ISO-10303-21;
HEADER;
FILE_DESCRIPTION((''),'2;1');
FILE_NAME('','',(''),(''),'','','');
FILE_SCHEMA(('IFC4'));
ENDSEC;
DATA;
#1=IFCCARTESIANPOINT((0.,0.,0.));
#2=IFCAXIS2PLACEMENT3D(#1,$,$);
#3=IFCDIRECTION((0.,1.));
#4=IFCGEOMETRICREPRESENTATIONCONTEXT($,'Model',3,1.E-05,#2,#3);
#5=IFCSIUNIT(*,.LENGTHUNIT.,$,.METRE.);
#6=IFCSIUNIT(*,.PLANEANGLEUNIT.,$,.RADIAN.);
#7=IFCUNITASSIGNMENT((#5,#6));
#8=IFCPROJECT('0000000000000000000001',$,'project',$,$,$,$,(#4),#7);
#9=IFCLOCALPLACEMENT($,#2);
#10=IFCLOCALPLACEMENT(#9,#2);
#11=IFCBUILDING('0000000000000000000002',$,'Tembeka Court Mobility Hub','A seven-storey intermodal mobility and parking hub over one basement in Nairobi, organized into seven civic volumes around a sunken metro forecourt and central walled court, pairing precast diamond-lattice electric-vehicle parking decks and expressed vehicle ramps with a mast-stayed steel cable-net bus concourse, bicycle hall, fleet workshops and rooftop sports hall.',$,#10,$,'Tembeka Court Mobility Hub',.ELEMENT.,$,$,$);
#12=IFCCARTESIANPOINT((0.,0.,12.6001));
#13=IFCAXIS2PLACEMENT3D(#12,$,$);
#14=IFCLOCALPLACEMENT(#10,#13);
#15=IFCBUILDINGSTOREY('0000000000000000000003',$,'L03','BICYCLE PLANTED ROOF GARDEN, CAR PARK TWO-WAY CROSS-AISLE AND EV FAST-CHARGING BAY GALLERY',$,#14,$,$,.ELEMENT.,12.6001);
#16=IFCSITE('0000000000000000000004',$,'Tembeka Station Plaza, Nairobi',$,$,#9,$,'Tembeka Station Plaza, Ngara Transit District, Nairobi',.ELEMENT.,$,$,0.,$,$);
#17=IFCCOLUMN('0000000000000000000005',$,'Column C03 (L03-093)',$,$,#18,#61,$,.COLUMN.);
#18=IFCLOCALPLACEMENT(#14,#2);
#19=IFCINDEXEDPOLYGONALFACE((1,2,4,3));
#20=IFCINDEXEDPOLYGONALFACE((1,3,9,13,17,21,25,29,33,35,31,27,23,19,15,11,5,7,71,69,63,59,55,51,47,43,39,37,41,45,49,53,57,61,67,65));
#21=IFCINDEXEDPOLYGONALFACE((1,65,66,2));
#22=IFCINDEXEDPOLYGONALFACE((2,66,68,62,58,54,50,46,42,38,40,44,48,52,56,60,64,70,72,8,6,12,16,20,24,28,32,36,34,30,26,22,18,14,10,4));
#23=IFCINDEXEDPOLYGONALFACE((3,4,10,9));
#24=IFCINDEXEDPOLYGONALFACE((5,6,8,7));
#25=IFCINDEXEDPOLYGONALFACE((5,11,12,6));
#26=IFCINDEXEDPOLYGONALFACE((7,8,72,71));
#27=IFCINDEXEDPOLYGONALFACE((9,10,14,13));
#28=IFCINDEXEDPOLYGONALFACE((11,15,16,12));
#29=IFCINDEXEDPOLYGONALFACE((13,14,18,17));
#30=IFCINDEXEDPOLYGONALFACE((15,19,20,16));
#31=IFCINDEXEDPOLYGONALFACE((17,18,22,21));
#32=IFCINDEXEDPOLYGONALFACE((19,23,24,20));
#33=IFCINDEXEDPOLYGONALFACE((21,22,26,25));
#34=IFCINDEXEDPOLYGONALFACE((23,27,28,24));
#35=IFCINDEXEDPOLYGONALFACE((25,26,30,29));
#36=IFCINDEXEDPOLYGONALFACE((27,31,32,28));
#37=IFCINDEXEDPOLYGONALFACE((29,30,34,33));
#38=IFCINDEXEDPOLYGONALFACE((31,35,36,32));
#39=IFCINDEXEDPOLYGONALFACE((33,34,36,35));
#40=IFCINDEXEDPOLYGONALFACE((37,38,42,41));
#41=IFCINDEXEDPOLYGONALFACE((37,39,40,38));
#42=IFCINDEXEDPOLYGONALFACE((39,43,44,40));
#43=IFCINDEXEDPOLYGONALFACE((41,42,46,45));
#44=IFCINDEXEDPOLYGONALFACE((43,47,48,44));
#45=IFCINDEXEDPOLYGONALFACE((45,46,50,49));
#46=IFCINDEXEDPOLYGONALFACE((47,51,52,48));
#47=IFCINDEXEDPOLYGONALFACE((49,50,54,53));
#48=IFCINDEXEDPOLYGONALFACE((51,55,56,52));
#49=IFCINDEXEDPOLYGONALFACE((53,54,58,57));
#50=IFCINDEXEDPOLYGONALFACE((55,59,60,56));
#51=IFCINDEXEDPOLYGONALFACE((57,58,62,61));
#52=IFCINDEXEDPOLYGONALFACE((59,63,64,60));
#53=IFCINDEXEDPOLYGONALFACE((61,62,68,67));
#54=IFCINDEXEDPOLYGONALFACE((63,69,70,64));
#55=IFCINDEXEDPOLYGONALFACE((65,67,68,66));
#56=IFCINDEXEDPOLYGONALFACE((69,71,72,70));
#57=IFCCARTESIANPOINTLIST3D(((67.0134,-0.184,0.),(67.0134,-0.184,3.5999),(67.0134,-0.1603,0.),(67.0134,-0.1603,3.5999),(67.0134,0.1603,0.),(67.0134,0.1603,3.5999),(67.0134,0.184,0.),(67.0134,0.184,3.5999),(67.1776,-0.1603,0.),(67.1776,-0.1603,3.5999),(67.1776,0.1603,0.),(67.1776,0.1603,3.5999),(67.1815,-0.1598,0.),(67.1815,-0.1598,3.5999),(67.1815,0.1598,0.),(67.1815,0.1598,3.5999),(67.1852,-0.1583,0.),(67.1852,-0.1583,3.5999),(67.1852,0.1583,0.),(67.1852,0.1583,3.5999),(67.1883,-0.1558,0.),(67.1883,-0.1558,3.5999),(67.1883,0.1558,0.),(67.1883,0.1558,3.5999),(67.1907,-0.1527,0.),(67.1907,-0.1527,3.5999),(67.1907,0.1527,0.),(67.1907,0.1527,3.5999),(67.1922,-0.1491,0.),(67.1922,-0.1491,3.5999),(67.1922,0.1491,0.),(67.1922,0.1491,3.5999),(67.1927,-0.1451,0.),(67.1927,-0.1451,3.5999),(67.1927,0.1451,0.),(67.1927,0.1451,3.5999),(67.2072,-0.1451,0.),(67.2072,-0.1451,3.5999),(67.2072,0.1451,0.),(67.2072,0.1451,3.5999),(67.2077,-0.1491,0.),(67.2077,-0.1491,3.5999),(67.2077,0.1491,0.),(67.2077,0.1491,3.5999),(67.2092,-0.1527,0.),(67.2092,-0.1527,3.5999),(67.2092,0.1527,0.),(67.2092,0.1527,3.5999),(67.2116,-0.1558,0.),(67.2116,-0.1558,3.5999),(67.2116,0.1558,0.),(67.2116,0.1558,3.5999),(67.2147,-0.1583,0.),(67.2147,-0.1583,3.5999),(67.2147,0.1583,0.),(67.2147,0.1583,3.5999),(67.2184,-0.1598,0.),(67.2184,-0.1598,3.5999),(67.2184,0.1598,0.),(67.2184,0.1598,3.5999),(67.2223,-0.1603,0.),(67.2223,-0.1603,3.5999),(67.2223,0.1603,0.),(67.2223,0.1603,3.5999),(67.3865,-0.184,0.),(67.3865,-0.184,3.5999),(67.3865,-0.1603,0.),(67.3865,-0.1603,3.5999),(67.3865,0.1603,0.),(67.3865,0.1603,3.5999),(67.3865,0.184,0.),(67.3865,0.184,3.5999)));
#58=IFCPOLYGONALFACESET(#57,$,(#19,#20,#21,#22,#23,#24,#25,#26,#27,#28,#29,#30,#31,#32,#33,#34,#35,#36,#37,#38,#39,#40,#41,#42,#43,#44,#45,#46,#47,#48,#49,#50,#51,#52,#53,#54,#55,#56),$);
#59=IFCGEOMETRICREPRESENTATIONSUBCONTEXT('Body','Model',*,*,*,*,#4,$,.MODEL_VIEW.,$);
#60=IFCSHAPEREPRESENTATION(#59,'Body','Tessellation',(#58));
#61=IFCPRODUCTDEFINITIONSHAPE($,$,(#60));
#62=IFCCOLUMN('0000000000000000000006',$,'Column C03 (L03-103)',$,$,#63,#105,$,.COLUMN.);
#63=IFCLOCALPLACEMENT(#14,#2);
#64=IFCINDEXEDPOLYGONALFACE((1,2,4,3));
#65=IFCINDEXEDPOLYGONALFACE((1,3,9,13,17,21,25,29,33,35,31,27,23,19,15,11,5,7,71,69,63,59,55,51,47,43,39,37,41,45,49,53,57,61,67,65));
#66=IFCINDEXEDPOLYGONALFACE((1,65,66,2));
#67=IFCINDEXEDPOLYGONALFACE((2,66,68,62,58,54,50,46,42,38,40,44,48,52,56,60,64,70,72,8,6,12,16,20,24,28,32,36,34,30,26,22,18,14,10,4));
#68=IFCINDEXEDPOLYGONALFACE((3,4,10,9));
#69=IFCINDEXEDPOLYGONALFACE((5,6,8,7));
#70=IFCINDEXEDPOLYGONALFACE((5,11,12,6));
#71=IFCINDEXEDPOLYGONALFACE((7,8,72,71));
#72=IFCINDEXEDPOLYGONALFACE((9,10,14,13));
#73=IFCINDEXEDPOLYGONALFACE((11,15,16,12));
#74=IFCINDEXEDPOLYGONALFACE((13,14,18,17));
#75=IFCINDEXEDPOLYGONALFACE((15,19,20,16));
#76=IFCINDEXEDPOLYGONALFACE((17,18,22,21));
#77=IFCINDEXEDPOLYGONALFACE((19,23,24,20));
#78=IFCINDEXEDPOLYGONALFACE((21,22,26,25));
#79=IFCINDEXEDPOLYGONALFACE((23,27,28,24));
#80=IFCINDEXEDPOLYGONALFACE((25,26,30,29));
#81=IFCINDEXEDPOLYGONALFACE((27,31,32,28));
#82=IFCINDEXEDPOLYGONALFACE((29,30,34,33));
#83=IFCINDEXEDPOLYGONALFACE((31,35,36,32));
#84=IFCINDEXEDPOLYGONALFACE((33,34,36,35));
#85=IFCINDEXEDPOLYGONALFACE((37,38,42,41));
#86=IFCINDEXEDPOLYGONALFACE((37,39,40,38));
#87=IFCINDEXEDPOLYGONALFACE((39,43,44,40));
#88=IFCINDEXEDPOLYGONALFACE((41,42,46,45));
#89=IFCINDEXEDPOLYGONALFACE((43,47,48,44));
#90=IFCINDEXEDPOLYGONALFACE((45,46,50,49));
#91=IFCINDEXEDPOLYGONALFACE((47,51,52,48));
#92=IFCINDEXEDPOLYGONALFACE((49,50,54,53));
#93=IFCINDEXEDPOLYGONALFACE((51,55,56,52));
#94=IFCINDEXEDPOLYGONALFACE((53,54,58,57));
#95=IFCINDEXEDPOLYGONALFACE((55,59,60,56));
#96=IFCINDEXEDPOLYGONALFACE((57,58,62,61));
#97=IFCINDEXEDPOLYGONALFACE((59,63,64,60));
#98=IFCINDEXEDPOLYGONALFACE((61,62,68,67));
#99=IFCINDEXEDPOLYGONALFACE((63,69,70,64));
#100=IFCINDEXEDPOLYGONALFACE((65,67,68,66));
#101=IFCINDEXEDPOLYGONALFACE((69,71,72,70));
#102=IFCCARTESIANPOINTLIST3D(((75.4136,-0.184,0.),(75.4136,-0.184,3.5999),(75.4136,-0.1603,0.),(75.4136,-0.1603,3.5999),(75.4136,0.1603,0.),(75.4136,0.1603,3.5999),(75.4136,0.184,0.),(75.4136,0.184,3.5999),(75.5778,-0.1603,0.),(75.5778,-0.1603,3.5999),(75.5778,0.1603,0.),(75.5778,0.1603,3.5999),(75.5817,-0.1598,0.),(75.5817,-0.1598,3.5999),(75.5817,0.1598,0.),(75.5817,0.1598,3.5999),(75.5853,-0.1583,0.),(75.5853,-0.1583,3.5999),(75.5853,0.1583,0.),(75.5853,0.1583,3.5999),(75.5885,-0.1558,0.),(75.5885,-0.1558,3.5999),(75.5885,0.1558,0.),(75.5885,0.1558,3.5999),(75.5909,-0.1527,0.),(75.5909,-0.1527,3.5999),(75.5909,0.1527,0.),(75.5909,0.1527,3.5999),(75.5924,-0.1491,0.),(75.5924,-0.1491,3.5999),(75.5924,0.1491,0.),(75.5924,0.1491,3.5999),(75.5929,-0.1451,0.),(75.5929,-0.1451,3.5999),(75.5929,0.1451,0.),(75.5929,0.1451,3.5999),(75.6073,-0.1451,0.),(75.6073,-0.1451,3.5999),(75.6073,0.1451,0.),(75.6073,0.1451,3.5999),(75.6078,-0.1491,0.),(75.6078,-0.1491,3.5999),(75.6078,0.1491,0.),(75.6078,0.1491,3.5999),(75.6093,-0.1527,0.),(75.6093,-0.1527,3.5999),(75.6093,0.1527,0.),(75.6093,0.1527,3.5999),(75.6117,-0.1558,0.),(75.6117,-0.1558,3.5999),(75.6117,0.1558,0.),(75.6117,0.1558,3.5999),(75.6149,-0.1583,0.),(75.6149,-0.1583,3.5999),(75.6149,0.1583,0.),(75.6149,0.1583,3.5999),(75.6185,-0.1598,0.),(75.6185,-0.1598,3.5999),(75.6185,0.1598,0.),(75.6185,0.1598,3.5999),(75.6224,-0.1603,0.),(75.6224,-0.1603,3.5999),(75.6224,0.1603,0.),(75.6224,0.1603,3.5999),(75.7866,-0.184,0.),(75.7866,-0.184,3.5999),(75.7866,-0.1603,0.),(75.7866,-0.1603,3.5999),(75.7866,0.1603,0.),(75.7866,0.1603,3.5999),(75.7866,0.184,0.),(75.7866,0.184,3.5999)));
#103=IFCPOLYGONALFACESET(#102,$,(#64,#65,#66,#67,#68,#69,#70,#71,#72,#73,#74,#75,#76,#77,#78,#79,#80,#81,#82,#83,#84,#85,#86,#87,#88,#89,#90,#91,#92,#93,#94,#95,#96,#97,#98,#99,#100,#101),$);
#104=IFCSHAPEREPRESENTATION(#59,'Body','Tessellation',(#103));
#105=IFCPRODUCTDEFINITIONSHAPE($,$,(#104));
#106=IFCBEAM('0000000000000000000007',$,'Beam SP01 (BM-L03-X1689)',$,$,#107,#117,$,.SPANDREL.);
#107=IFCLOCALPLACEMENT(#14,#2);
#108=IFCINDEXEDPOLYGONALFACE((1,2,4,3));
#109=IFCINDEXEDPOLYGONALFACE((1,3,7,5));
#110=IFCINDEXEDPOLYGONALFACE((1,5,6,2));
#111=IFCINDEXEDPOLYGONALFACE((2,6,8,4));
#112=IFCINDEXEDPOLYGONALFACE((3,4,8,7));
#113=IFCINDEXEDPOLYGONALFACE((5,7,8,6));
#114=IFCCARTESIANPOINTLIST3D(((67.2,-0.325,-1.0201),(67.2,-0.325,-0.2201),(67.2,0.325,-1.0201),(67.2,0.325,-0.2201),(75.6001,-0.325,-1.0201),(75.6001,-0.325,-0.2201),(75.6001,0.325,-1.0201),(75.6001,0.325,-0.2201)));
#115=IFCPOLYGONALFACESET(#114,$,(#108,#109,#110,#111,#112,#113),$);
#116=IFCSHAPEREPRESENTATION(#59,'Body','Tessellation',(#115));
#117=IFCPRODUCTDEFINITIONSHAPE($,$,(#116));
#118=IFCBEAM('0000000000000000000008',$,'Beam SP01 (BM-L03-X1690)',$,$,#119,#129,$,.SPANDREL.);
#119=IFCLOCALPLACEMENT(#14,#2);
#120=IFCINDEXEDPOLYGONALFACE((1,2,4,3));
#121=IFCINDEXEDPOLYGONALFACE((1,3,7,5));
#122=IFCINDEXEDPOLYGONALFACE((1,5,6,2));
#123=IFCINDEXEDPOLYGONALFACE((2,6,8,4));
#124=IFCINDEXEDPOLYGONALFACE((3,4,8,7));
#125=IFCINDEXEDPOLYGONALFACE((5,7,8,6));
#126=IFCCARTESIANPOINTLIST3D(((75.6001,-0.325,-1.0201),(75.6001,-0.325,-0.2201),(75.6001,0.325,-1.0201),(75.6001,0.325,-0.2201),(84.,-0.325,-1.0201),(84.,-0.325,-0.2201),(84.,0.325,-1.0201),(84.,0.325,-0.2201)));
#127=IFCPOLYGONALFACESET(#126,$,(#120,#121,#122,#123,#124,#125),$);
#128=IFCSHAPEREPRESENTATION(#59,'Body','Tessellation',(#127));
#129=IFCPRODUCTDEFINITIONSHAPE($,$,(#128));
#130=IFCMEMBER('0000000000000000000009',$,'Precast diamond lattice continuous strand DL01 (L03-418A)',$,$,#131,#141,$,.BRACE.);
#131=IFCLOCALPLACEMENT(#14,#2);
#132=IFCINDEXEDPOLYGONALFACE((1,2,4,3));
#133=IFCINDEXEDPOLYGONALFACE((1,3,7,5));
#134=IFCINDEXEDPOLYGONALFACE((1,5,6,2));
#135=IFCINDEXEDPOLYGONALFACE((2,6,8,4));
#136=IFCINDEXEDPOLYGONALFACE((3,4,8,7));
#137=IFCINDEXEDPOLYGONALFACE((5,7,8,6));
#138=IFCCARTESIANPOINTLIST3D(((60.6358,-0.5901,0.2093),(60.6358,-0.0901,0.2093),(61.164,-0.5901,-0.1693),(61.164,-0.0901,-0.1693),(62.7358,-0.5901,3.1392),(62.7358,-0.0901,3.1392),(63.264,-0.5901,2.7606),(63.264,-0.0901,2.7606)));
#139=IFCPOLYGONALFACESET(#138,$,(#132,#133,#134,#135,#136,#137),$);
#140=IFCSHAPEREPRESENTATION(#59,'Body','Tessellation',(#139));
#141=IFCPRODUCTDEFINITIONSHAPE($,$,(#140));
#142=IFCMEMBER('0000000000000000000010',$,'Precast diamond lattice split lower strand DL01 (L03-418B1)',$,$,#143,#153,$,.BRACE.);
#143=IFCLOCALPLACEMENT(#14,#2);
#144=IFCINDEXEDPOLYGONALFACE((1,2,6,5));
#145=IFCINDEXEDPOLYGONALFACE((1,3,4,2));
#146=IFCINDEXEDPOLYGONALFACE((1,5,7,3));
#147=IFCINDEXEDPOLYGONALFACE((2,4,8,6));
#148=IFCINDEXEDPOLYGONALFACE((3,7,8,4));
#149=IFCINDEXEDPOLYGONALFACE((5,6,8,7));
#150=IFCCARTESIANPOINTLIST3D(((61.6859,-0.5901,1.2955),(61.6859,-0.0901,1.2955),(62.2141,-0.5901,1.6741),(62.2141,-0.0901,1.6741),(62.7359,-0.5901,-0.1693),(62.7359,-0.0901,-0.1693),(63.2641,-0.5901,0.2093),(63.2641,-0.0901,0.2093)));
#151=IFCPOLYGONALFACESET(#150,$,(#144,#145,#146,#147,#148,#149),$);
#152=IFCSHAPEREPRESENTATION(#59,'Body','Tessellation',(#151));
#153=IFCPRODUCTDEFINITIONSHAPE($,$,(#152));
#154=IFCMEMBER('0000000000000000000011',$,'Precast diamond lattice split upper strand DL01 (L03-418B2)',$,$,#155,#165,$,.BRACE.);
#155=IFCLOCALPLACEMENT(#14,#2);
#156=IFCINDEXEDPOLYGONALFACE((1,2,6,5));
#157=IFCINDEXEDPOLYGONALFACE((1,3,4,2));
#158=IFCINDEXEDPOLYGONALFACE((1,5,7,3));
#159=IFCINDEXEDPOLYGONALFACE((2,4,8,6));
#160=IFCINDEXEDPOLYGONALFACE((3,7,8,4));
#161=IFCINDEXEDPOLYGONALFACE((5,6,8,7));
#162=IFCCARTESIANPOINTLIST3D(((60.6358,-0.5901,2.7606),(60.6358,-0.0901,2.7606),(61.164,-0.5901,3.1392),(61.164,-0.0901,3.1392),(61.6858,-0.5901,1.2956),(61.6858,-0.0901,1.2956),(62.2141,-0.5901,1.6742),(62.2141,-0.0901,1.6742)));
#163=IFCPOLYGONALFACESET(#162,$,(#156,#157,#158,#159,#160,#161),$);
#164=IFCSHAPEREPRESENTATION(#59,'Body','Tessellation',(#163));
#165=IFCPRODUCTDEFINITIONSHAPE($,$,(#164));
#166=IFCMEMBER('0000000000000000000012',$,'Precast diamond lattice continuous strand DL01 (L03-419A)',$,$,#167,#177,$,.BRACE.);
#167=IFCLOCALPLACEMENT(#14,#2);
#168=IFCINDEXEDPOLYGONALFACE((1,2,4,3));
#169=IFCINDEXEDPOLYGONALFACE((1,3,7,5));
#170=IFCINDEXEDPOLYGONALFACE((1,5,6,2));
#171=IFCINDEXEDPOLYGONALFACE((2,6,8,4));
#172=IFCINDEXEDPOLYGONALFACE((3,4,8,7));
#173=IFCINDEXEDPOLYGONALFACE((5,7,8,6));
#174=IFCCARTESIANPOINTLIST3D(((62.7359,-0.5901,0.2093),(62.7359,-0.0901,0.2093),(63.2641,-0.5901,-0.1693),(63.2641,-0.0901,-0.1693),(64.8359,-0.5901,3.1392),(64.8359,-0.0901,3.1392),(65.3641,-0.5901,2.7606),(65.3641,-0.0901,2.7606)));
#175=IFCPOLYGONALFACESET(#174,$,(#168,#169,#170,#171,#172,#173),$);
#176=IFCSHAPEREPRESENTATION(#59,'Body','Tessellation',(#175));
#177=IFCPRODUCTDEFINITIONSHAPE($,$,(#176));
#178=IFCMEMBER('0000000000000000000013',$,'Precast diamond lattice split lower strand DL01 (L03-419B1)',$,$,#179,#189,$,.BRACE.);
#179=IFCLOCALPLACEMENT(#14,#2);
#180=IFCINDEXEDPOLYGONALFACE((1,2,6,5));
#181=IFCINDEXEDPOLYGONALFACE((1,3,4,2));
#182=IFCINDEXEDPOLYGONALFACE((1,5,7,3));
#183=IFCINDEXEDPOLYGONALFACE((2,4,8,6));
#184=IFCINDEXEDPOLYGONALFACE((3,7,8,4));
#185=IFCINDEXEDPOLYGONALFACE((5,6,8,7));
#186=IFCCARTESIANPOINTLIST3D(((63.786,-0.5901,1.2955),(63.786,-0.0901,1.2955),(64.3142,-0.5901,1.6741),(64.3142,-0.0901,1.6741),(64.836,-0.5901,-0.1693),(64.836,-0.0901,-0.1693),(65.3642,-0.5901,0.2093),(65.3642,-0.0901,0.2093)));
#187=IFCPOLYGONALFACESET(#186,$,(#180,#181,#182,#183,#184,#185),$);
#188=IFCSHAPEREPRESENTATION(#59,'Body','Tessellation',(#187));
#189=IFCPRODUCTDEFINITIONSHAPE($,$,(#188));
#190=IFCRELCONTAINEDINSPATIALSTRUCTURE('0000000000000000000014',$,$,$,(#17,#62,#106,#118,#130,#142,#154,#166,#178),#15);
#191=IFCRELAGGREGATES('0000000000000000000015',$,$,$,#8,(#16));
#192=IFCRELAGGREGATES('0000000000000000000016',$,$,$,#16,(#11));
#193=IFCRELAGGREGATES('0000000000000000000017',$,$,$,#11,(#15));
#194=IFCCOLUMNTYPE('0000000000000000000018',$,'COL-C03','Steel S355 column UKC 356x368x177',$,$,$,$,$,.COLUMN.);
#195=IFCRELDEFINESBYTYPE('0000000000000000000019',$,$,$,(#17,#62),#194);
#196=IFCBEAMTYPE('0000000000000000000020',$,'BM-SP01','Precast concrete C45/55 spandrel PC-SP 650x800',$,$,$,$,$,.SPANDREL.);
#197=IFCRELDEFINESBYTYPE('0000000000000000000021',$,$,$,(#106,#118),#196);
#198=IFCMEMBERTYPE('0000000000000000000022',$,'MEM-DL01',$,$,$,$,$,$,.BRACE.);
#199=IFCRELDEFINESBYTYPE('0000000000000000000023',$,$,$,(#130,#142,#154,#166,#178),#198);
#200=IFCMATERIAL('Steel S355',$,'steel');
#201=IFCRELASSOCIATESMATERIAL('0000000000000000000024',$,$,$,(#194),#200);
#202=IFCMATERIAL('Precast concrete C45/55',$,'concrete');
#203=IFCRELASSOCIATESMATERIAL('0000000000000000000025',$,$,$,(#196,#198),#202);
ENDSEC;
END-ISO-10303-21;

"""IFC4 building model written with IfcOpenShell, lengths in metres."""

from ifc_helpers import new_model, si_unit, direction, frame, origin, origin_2d, place, context, subcontext, project, spatial, rectangle, i_section, extrude, material, material_profile, profile_set, type_object, element, save


model = new_model("IFC4")

# Units and contexts
model_context = context("Model", 3, precision=1e-05, world=origin(), true_north=direction((0.0, 1.0)))
body_context = subcontext(model_context, "Body", "Model", "MODEL_VIEW")
ifc_project = project(units=[si_unit("LENGTHUNIT", "METRE"), si_unit("PLANEANGLEUNIT", "RADIAN")], contexts=[model_context])

# Site, building, storey
site_placement = place(None, origin())
site = spatial("IfcSite", under=ifc_project, at=site_placement, Name="Tembeka Station Plaza, Nairobi", LongName="Tembeka Station Plaza, Ngara Transit District, Nairobi", CompositionType="ELEMENT", RefElevation=0.0)
building_placement = place(site_placement, origin())
building = spatial("IfcBuilding", under=site, at=building_placement, Name="Tembeka Court Mobility Hub", Description="A seven-storey intermodal mobility and parking hub over one basement in Nairobi, organized into seven civic volumes around a sunken metro forecourt and central walled court, pairing precast diamond-lattice electric-vehicle parking decks and expressed vehicle ramps with a mast-stayed steel cable-net bus concourse, bicycle hall, fleet workshops and rooftop sports hall.", LongName="Tembeka Court Mobility Hub", CompositionType="ELEMENT")
storey_placement = place(building_placement, frame((0.0, 0.0, 12.6001)))
storey = spatial("IfcBuildingStorey", under=building, at=storey_placement, Name="L03", Description="BICYCLE PLANTED ROOF GARDEN, CAR PARK TWO-WAY CROSS-AISLE AND EV FAST-CHARGING BAY GALLERY", CompositionType="ELEMENT", Elevation=12.6001)

# Columns
ifc_material_1 = material(Name="Steel S355", Category="steel")
ifc_material_profile_1 = material_profile(ifc_material_1, i_section(OverallWidth=0.373, OverallDepth=0.3679, WebThickness=0.0144, FlangeThickness=0.0237, FilletRadius=0.0151, at=origin_2d()), Name="UKC 356x368x177")
ifc_profile_set_1 = profile_set([ifc_material_profile_1], Name="Steel S355")
column_type = type_object("IfcColumnType", Name="COL-C03", Description="Steel S355 column UKC 356x368x177", PredefinedType="COLUMN", material=ifc_profile_set_1)
for number, where, z_axis, x_axis, name in (
    (1, (67.2, 0.0, 0.0), (0.0, 0.0, 1.0), (1.0, 0.0, 0.0), "Column C03 (L03-093)"),
    (2, (75.6001, 0.0, 0.0), (0.0, 0.0, 1.0), (1.0, 0.0, 0.0), "Column C03 (L03-103)"),
):
    element("IfcColumn", number, at=place(storey_placement, frame(where, z_axis=z_axis, x_axis=x_axis)), inside=storey, type_object=column_type, Name=name, PredefinedType="COLUMN", context=body_context, shape_type="SweptSolid", body=[
        extrude(i_section(OverallWidth=0.373, OverallDepth=0.3679, WebThickness=0.0144, FlangeThickness=0.0237, FilletRadius=0.0151, at=origin_2d()), origin(), (0.0, 0.0, 1.0), 3.5999),
    ])

# Beams
ifc_material_2 = material(Name="Precast concrete C45/55", Category="concrete")
ifc_material_profile_2 = material_profile(ifc_material_2, rectangle(XDim=0.6499, YDim=0.8, at=origin_2d()), Name="PC-SP 650x800")
ifc_profile_set_2 = profile_set([ifc_material_profile_2], Name="Precast concrete C45/55")
beam_type = type_object("IfcBeamType", Name="BM-SP01", Description="Precast concrete C45/55 spandrel PC-SP 650x800", PredefinedType="SPANDREL", material=ifc_profile_set_2)
beam_1_placement = place(storey_placement, frame((67.2, 0.0, -0.6201), z_axis=(1.0, 0.0, 0.0), x_axis=(0.0, 1.0, 0.0)))
element("IfcBeam", 3, at=beam_1_placement, inside=storey, type_object=beam_type, Name="Beam SP01 (BM-L03-X1689)", PredefinedType="SPANDREL", context=body_context, shape_type="SweptSolid", body=[
    extrude(rectangle(XDim=0.6499, YDim=0.8, at=origin_2d()), origin(), (0.0, 0.0, 1.0), 8.4001),
])
beam_2_placement = place(storey_placement, frame((75.6001, 0.0, -0.6201), z_axis=(1.0, 0.0, 0.0), x_axis=(0.0, 1.0, 0.0)))
element("IfcBeam", 4, at=beam_2_placement, inside=storey, type_object=beam_type, Name="Beam SP01 (BM-L03-X1690)", PredefinedType="SPANDREL", context=body_context, shape_type="SweptSolid", body=[
    extrude(rectangle(XDim=0.6499, YDim=0.8, at=origin_2d()), origin(), (0.0, 0.0, 1.0), 8.3999),
])

# Members
ifc_material_profile_3 = material_profile(ifc_material_2, rectangle(XDim=0.5, YDim=0.6499, at=origin_2d()), Name="PC-DIAG 500x650")
ifc_profile_set_3 = profile_set([ifc_material_profile_3], Name="Precast concrete C45/55")
member_type_1 = type_object("IfcMemberType", Name="MEM-DL01", PredefinedType="BRACE", material=ifc_profile_set_3)
member_1_placement = place(storey_placement, frame((60.8999, -0.3401, 0.02), z_axis=(0.582576, 0.0, 0.812776), x_axis=(0.0, 1.0, 0.0)))
element("IfcMember", 5, at=member_1_placement, inside=storey, type_object=member_type_1, Name="Precast diamond lattice continuous strand DL01 (L03-418A)", PredefinedType="BRACE", context=body_context, shape_type="SweptSolid", body=[
    extrude(rectangle(XDim=0.5, YDim=0.6499, at=origin_2d()), origin(), (0.0, 0.0, 1.0), 3.6047),
])
member_2_placement = place(storey_placement, frame((63.0, -0.3401, 0.02), z_axis=(-0.582608, 0.0, 0.812753), x_axis=(0.0, -1.0, 0.0)))
element("IfcMember", 6, at=member_2_placement, inside=storey, type_object=member_type_1, Name="Precast diamond lattice split lower strand DL01 (L03-418B1)", PredefinedType="BRACE", context=body_context, shape_type="SweptSolid", body=[
    extrude(rectangle(XDim=0.5, YDim=0.6499, at=origin_2d()), origin(), (0.0, 0.0, 1.0), 1.8022),
])
member_3_placement = place(storey_placement, frame((61.95, -0.3401, 1.4849), z_axis=(-0.582544, 0.0, 0.812799), x_axis=(0.0, -1.0, 0.0)))
element("IfcMember", 7, at=member_3_placement, inside=storey, type_object=member_type_1, Name="Precast diamond lattice split upper strand DL01 (L03-418B2)", PredefinedType="BRACE", context=body_context, shape_type="SweptSolid", body=[
    extrude(rectangle(XDim=0.5, YDim=0.6499, at=origin_2d()), origin(), (0.0, 0.0, 1.0), 1.8025),
])
member_4_placement = place(storey_placement, frame((63.0, -0.3401, 0.02), z_axis=(0.582576, 0.0, 0.812776), x_axis=(0.0, 1.0, 0.0)))
element("IfcMember", 8, at=member_4_placement, inside=storey, type_object=member_type_1, Name="Precast diamond lattice continuous strand DL01 (L03-419A)", PredefinedType="BRACE", context=body_context, shape_type="SweptSolid", body=[
    extrude(rectangle(XDim=0.5, YDim=0.6499, at=origin_2d()), origin(), (0.0, 0.0, 1.0), 3.6047),
])
member_5_placement = place(storey_placement, frame((65.1001, -0.3401, 0.02), z_axis=(-0.582608, 0.0, 0.812753), x_axis=(0.0, -1.0, 0.0)))
element("IfcMember", 9, at=member_5_placement, inside=storey, type_object=member_type_1, Name="Precast diamond lattice split lower strand DL01 (L03-419B1)", PredefinedType="BRACE", context=body_context, shape_type="SweptSolid", body=[
    extrude(rectangle(XDim=0.5, YDim=0.6499, at=origin_2d()), origin(), (0.0, 0.0, 1.0), 1.8022),
])

save(model, "model.ifc")
